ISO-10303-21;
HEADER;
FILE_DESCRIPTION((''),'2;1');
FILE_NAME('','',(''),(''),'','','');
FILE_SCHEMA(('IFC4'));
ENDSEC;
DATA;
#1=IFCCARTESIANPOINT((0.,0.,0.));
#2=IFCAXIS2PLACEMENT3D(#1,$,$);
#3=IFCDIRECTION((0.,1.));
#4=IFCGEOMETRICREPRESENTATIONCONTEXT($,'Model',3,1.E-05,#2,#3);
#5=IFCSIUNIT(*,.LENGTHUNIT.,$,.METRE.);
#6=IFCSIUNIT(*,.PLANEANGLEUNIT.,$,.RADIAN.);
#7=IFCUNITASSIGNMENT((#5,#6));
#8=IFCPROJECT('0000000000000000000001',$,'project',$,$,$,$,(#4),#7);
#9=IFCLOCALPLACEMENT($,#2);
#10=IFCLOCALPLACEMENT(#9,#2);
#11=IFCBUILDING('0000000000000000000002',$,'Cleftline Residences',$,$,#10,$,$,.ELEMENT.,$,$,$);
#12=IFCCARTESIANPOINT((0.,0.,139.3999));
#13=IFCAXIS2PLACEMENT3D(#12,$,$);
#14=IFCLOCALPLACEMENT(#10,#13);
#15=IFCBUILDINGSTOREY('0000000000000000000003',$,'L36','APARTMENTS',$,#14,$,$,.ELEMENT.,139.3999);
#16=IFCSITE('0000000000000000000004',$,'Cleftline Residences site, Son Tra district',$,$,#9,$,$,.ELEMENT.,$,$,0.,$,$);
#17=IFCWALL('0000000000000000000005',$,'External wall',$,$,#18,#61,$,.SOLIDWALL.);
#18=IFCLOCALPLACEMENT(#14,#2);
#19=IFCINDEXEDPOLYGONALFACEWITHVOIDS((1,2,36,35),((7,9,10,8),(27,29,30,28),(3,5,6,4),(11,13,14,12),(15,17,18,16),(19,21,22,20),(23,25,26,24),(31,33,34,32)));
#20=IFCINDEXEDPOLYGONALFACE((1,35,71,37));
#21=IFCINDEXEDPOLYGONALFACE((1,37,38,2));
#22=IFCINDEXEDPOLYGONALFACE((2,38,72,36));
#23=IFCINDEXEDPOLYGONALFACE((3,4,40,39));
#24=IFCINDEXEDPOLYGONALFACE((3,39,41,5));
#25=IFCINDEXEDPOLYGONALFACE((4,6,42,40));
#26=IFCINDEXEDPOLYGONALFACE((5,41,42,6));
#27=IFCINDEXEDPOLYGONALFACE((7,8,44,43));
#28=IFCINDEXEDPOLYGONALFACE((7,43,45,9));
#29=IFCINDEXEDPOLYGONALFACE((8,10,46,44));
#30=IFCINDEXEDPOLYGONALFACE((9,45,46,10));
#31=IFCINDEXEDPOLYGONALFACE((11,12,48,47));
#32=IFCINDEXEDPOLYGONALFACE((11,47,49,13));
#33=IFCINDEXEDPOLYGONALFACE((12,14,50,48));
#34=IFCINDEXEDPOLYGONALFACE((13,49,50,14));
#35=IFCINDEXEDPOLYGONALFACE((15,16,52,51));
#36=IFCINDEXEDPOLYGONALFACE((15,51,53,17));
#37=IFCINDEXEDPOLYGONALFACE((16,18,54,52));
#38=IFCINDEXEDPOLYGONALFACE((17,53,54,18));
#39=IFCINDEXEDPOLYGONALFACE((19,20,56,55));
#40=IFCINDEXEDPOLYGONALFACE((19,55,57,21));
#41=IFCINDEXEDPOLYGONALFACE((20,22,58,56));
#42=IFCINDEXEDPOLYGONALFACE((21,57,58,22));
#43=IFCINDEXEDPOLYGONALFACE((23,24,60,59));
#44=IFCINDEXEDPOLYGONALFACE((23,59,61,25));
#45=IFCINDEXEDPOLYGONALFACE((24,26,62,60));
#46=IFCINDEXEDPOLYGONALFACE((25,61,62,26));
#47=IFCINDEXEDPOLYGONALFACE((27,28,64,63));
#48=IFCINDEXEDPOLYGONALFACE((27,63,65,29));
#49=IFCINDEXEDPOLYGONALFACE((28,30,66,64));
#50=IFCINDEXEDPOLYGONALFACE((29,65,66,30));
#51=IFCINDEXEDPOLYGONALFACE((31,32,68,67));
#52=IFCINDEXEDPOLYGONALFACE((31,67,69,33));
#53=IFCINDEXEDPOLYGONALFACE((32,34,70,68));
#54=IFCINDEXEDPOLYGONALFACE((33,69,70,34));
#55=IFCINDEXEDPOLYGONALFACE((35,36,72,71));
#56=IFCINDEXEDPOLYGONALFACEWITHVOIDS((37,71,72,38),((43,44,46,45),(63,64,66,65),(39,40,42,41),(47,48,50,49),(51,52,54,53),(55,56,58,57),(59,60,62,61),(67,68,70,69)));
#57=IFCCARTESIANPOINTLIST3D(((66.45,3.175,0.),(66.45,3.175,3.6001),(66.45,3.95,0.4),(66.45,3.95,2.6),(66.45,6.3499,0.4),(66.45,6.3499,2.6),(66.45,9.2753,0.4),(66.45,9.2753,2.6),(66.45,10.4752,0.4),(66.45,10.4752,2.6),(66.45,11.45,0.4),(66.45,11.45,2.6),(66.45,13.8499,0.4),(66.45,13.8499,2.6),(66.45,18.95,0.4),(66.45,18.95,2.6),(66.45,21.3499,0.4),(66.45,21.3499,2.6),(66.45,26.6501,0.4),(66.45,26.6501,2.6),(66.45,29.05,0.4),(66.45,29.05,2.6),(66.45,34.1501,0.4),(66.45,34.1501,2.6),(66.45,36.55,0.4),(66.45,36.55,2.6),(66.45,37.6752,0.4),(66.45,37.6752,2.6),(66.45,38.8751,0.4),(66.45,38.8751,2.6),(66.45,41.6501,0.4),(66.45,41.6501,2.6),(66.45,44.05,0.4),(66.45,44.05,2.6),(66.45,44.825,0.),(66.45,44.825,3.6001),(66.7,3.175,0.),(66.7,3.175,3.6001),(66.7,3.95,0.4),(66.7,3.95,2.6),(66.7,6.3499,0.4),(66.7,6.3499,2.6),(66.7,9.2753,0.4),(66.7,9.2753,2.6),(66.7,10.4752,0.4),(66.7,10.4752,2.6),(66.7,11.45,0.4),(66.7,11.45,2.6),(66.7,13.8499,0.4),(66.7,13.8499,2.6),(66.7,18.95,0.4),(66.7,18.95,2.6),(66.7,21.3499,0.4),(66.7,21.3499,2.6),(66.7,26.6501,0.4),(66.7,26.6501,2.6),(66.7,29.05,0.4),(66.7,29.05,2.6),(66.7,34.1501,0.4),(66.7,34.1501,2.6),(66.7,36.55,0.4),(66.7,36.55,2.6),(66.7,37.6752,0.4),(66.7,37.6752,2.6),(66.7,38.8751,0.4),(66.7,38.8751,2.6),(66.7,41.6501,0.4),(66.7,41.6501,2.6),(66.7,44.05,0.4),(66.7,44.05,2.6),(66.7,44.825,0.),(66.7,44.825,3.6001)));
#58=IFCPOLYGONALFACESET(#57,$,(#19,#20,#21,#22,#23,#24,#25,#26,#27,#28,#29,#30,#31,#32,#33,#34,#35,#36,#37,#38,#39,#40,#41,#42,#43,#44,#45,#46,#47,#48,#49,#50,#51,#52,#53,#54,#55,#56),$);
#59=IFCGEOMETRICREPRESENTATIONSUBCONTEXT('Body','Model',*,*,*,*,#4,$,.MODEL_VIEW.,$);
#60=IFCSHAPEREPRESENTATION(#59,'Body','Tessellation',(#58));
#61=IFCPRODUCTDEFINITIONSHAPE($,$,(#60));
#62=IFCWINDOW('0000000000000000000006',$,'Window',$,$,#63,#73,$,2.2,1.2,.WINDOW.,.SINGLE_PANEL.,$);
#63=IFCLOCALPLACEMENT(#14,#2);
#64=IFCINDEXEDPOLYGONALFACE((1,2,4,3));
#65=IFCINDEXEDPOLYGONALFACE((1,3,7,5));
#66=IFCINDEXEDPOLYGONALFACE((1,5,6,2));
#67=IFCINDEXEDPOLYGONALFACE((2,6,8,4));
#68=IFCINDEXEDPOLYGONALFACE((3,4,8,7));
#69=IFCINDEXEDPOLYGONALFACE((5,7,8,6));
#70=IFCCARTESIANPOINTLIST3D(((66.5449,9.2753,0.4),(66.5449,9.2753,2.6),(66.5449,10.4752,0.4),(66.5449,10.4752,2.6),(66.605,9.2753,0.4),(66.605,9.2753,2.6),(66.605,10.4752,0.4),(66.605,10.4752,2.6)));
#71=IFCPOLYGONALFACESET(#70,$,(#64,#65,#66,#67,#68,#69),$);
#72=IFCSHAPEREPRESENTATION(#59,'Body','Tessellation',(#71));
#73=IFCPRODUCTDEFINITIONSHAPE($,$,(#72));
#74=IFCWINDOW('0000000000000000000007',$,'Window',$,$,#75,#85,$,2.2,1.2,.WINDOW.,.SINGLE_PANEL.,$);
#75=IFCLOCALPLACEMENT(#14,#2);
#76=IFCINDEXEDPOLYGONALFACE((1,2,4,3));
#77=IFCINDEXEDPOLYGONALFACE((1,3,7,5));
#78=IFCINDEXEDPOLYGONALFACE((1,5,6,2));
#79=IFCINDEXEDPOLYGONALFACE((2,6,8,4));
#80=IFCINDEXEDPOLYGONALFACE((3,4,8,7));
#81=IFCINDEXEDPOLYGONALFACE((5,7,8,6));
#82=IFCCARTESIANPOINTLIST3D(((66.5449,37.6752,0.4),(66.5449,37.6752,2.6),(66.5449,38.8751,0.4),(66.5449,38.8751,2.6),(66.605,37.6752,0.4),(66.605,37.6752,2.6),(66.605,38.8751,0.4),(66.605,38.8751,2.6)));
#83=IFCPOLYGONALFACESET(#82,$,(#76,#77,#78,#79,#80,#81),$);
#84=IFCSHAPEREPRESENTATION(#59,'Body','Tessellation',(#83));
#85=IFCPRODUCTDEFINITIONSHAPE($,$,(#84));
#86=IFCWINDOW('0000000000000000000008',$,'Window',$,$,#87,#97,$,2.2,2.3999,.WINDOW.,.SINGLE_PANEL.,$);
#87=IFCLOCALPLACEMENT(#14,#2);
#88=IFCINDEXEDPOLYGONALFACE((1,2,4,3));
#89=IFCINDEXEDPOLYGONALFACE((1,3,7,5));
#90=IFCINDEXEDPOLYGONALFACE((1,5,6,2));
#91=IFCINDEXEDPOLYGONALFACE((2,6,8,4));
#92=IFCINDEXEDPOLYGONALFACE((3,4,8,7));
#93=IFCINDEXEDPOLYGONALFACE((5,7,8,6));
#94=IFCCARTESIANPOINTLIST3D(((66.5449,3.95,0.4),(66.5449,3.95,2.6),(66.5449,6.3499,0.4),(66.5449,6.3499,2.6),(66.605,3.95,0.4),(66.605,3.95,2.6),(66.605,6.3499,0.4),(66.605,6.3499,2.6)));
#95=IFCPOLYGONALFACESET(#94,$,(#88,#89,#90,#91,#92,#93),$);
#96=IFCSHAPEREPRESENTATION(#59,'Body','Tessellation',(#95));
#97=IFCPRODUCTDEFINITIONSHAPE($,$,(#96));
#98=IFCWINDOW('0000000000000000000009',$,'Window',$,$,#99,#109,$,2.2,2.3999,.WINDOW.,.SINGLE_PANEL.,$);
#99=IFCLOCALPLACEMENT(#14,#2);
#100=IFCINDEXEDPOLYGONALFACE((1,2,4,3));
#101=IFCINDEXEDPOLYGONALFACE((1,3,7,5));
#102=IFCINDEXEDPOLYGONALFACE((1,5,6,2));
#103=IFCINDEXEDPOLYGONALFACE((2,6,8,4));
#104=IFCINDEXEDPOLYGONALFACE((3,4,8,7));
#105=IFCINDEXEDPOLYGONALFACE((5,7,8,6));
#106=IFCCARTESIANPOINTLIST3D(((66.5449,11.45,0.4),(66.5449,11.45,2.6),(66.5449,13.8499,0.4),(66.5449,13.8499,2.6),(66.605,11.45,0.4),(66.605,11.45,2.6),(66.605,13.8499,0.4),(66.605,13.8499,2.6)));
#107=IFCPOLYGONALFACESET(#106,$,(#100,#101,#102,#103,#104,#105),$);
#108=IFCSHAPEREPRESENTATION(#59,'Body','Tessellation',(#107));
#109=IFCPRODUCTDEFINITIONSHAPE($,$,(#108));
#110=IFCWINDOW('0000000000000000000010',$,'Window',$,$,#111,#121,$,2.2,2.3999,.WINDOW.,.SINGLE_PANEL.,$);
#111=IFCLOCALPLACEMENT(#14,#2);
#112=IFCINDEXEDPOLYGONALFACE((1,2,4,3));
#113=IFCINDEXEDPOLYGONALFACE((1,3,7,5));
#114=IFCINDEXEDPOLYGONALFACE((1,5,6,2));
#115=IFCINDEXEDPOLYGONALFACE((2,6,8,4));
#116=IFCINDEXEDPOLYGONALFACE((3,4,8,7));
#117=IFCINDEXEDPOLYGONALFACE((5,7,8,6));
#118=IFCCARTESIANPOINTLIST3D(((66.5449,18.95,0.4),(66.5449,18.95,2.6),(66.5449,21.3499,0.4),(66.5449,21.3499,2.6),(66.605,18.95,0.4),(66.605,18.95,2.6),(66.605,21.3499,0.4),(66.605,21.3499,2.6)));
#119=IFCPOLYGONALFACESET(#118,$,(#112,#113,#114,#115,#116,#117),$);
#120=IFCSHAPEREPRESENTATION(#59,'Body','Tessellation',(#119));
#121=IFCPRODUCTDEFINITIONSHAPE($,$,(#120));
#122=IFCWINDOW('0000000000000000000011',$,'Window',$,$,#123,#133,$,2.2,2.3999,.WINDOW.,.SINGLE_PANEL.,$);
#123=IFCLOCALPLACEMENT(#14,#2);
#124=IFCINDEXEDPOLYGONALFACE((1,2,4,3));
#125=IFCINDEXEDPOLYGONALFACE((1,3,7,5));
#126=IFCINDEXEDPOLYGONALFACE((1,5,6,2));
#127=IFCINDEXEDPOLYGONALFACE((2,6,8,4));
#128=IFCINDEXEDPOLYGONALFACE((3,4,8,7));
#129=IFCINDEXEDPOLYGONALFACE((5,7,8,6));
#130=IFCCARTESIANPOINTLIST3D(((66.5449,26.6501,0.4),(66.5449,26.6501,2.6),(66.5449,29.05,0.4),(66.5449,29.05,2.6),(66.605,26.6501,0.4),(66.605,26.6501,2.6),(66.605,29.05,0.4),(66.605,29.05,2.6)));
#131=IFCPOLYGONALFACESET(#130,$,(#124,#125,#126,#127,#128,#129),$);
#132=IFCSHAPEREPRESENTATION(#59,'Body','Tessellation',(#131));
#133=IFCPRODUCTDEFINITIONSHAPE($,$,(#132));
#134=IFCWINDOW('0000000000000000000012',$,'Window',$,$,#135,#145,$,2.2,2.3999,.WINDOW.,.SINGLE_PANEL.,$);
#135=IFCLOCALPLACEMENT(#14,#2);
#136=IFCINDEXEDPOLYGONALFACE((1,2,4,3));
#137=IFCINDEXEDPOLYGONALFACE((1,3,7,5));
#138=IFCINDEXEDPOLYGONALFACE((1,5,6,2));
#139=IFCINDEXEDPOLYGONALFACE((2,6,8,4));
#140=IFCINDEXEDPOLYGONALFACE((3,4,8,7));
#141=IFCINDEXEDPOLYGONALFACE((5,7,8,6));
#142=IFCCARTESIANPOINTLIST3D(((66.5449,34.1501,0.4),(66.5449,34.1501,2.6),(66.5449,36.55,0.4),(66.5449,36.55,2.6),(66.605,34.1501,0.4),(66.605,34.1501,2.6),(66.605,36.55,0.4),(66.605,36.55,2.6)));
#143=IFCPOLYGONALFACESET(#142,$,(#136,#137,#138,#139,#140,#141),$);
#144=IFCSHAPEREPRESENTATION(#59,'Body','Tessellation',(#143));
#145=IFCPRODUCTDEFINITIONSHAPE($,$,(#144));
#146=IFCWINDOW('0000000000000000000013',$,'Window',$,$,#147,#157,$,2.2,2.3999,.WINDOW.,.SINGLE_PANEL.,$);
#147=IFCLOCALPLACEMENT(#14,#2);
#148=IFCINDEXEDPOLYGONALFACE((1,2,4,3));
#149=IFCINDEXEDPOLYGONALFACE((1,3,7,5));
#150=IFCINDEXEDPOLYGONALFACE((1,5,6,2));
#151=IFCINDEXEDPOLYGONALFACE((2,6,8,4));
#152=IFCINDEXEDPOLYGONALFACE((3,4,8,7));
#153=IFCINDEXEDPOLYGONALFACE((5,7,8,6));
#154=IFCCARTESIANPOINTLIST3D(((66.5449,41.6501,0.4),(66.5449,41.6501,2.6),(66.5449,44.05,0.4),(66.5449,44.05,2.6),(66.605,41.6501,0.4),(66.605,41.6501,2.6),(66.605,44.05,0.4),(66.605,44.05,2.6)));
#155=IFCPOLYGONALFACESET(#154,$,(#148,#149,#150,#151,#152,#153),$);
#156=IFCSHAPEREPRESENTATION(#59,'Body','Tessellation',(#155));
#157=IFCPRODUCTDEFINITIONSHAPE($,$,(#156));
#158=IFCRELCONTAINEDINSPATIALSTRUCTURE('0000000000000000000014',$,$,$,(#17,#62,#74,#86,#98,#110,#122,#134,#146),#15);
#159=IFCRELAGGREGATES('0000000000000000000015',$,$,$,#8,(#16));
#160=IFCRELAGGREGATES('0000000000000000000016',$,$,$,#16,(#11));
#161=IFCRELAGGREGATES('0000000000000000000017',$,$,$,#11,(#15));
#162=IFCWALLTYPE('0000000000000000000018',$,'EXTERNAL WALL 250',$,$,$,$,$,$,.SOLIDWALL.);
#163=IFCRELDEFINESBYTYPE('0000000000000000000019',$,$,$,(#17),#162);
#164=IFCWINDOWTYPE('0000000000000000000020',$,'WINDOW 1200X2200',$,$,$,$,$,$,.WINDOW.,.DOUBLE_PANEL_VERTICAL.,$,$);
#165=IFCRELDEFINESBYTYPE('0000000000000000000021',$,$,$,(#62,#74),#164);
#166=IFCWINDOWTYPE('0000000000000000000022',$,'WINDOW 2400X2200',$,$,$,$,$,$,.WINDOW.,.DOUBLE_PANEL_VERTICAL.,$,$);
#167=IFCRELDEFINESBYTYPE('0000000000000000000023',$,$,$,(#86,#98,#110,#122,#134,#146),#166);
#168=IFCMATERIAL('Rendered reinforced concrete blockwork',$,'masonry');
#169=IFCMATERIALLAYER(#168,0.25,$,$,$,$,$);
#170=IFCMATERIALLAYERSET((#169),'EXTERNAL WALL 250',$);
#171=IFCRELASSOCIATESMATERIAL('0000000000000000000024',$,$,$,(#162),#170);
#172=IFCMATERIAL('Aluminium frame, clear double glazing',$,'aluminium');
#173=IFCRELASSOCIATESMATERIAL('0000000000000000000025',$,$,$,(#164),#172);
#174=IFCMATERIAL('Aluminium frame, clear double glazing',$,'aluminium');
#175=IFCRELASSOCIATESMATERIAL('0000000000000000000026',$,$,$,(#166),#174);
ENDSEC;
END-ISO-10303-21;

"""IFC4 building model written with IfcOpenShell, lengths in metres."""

from ifc_helpers import new_model, si_unit, direction, frame, frame_2d, origin, place, context, subcontext, project, spatial, rectangle, extrude, material, layer, layer_set, type_object, element, fill, save


model = new_model("IFC4")

# Units and contexts
model_context = context("Model", 3, precision=1e-05, world=origin(), true_north=direction((0.0, 1.0)))
body_context = subcontext(model_context, "Body", "Model", "MODEL_VIEW")
ifc_project = project(units=[si_unit("LENGTHUNIT", "METRE"), si_unit("PLANEANGLEUNIT", "RADIAN")], contexts=[model_context])

# Site, building, storey
site_placement = place(None, origin())
site = spatial("IfcSite", under=ifc_project, at=site_placement, Name="Cleftline Residences site, Son Tra district", CompositionType="ELEMENT", RefElevation=0.0)
building_placement = place(site_placement, origin())
building = spatial("IfcBuilding", under=site, at=building_placement, Name="Cleftline Residences", CompositionType="ELEMENT")
storey_placement = place(building_placement, frame((0.0, 0.0, 139.3999)))
storey = spatial("IfcBuildingStorey", under=building, at=storey_placement, Name="L36", Description="APARTMENTS", CompositionType="ELEMENT", Elevation=139.3999)

# Wall, openings, windows
ifc_material_1 = material(Name="Rendered reinforced concrete blockwork", Category="masonry")
ifc_layer_1 = layer(ifc_material_1, 0.25)
ifc_layer_set_1 = layer_set([ifc_layer_1], Name="EXTERNAL WALL 250")
wall_type = type_object("IfcWallType", Name="EXTERNAL WALL 250", PredefinedType="SOLIDWALL", material=ifc_layer_set_1)
wall_placement = place(storey_placement, frame((66.575, 3.175, 0.0), z_axis=(0.0, 0.0, 1.0), x_axis=(0.0, 1.0, 0.0)))
wall = element("IfcWall", 1, at=wall_placement, inside=storey, type_object=wall_type, Name="External wall", PredefinedType="SOLIDWALL", context=body_context, shape_type="SweptSolid", body=[
    extrude(rectangle(XDim=41.6499, YDim=0.25, at=frame_2d((20.825, 0.0))), origin(), (0.0, 0.0, 1.0), 3.6001),
])
opening_1_placement = place(wall_placement, frame((0.7749, 0.0, 0.3999)))
opening_1 = element("IfcOpeningElement", 2, at=opening_1_placement, cuts=wall, PredefinedType="OPENING", context=body_context, shape_type="SweptSolid", body=[
    extrude(rectangle(XDim=2.3999, YDim=2.2, at=frame_2d((1.2, 1.1001))), frame((0.0, 0.135, 0.0), z_axis=(0.0, -1.0, 0.0), x_axis=(1.0, 0.0, 0.0)), (0.0, 0.0, 1.0), 0.27),
])
opening_2_placement = place(wall_placement, frame((6.1001, 0.0, 0.3999)))
opening_2 = element("IfcOpeningElement", 3, at=opening_2_placement, cuts=wall, PredefinedType="OPENING", context=body_context, shape_type="SweptSolid", body=[
    extrude(rectangle(XDim=1.2, YDim=2.2, at=frame_2d((0.6001, 1.1001))), frame((0.0, 0.135, 0.0), z_axis=(0.0, -1.0, 0.0), x_axis=(1.0, 0.0, 0.0)), (0.0, 0.0, 1.0), 0.27),
])
opening_3_placement = place(wall_placement, frame((8.2749, 0.0, 0.3999)))
opening_3 = element("IfcOpeningElement", 4, at=opening_3_placement, cuts=wall, PredefinedType="OPENING", context=body_context, shape_type="SweptSolid", body=[
    extrude(rectangle(XDim=2.3999, YDim=2.2, at=frame_2d((1.2, 1.1001))), frame((0.0, 0.135, 0.0), z_axis=(0.0, -1.0, 0.0), x_axis=(1.0, 0.0, 0.0)), (0.0, 0.0, 1.0), 0.27),
])
opening_4_placement = place(wall_placement, frame((15.7749, 0.0, 0.3999)))
opening_4 = element("IfcOpeningElement", 5, at=opening_4_placement, cuts=wall, PredefinedType="OPENING", context=body_context, shape_type="SweptSolid", body=[
    extrude(rectangle(XDim=2.3999, YDim=2.2, at=frame_2d((1.2, 1.1001))), frame((0.0, 0.135, 0.0), z_axis=(0.0, -1.0, 0.0), x_axis=(1.0, 0.0, 0.0)), (0.0, 0.0, 1.0), 0.27),
])
opening_5_placement = place(wall_placement, frame((23.4751, 0.0, 0.3999)))
opening_5 = element("IfcOpeningElement", 6, at=opening_5_placement, cuts=wall, PredefinedType="OPENING", context=body_context, shape_type="SweptSolid", body=[
    extrude(rectangle(XDim=2.3999, YDim=2.2, at=frame_2d((1.2, 1.1001))), frame((0.0, 0.135, 0.0), z_axis=(0.0, -1.0, 0.0), x_axis=(1.0, 0.0, 0.0)), (0.0, 0.0, 1.0), 0.27),
])
opening_6_placement = place(wall_placement, frame((30.9751, 0.0, 0.3999)))
opening_6 = element("IfcOpeningElement", 7, at=opening_6_placement, cuts=wall, PredefinedType="OPENING", context=body_context, shape_type="SweptSolid", body=[
    extrude(rectangle(XDim=2.3999, YDim=2.2, at=frame_2d((1.2, 1.1001))), frame((0.0, 0.135, 0.0), z_axis=(0.0, -1.0, 0.0), x_axis=(1.0, 0.0, 0.0)), (0.0, 0.0, 1.0), 0.27),
])
opening_7_placement = place(wall_placement, frame((34.5, 0.0, 0.3999)))
opening_7 = element("IfcOpeningElement", 8, at=opening_7_placement, cuts=wall, PredefinedType="OPENING", context=body_context, shape_type="SweptSolid", body=[
    extrude(rectangle(XDim=1.2, YDim=2.2, at=frame_2d((0.6001, 1.1001))), frame((0.0, 0.135, 0.0), z_axis=(0.0, -1.0, 0.0), x_axis=(1.0, 0.0, 0.0)), (0.0, 0.0, 1.0), 0.27),
])
opening_8_placement = place(wall_placement, frame((38.4751, 0.0, 0.3999)))
opening_8 = element("IfcOpeningElement", 9, at=opening_8_placement, cuts=wall, PredefinedType="OPENING", context=body_context, shape_type="SweptSolid", body=[
    extrude(rectangle(XDim=2.3999, YDim=2.2, at=frame_2d((1.2, 1.1001))), frame((0.0, 0.135, 0.0), z_axis=(0.0, -1.0, 0.0), x_axis=(1.0, 0.0, 0.0)), (0.0, 0.0, 1.0), 0.27),
])
ifc_material_2 = material(Name="Aluminium frame, clear double glazing", Category="aluminium")
window_type_1 = type_object("IfcWindowType", Name="WINDOW 1200X2200", PartitioningType="DOUBLE_PANEL_VERTICAL", PredefinedType="WINDOW", material=ifc_material_2)
window_1_placement = place(opening_2_placement, origin())
window_1 = element("IfcWindow", 10, at=window_1_placement, inside=storey, type_object=window_type_1, Name="Window", OverallHeight=2.2, OverallWidth=1.2, PartitioningType="SINGLE_PANEL", PredefinedType="WINDOW", context=body_context, shape_type="SweptSolid", body=[
    extrude(rectangle(XDim=1.2, YDim=2.2, at=frame_2d((0.6001, 1.1001))), frame((0.0, 0.03, 0.0), z_axis=(0.0, -1.0, 0.0), x_axis=(1.0, 0.0, 0.0)), (0.0, 0.0, 1.0), 0.0601),
])
fill(opening_2, window_1)
window_2_placement = place(opening_7_placement, origin())
window_2 = element("IfcWindow", 11, at=window_2_placement, inside=storey, type_object=window_type_1, Name="Window", OverallHeight=2.2, OverallWidth=1.2, PartitioningType="SINGLE_PANEL", PredefinedType="WINDOW", context=body_context, shape_type="SweptSolid", body=[
    extrude(rectangle(XDim=1.2, YDim=2.2, at=frame_2d((0.6001, 1.1001))), frame((0.0, 0.03, 0.0), z_axis=(0.0, -1.0, 0.0), x_axis=(1.0, 0.0, 0.0)), (0.0, 0.0, 1.0), 0.0601),
])
fill(opening_7, window_2)
ifc_material_3 = material(Name="Aluminium frame, clear double glazing", Category="aluminium")
window_type_2 = type_object("IfcWindowType", Name="WINDOW 2400X2200", PartitioningType="DOUBLE_PANEL_VERTICAL", PredefinedType="WINDOW", material=ifc_material_3)
window_3_placement = place(opening_1_placement, origin())
window_3 = element("IfcWindow", 12, at=window_3_placement, inside=storey, type_object=window_type_2, Name="Window", OverallHeight=2.2, OverallWidth=2.3999, PartitioningType="SINGLE_PANEL", PredefinedType="WINDOW", context=body_context, shape_type="SweptSolid", body=[
    extrude(rectangle(XDim=2.3999, YDim=2.2, at=frame_2d((1.2, 1.1001))), frame((0.0, 0.03, 0.0), z_axis=(0.0, -1.0, 0.0), x_axis=(1.0, 0.0, 0.0)), (0.0, 0.0, 1.0), 0.0601),
])
fill(opening_1, window_3)
window_4_placement = place(opening_3_placement, origin())
window_4 = element("IfcWindow", 13, at=window_4_placement, inside=storey, type_object=window_type_2, Name="Window", OverallHeight=2.2, OverallWidth=2.3999, PartitioningType="SINGLE_PANEL", PredefinedType="WINDOW", context=body_context, shape_type="SweptSolid", body=[
    extrude(rectangle(XDim=2.3999, YDim=2.2, at=frame_2d((1.2, 1.1001))), frame((0.0, 0.03, 0.0), z_axis=(0.0, -1.0, 0.0), x_axis=(1.0, 0.0, 0.0)), (0.0, 0.0, 1.0), 0.0601),
])
fill(opening_3, window_4)
window_5_placement = place(opening_4_placement, origin())
window_5 = element("IfcWindow", 14, at=window_5_placement, inside=storey, type_object=window_type_2, Name="Window", OverallHeight=2.2, OverallWidth=2.3999, PartitioningType="SINGLE_PANEL", PredefinedType="WINDOW", context=body_context, shape_type="SweptSolid", body=[
    extrude(rectangle(XDim=2.3999, YDim=2.2, at=frame_2d((1.2, 1.1001))), frame((0.0, 0.03, 0.0), z_axis=(0.0, -1.0, 0.0), x_axis=(1.0, 0.0, 0.0)), (0.0, 0.0, 1.0), 0.0601),
])
fill(opening_4, window_5)
window_6_placement = place(opening_5_placement, origin())
window_6 = element("IfcWindow", 15, at=window_6_placement, inside=storey, type_object=window_type_2, Name="Window", OverallHeight=2.2, OverallWidth=2.3999, PartitioningType="SINGLE_PANEL", PredefinedType="WINDOW", context=body_context, shape_type="SweptSolid", body=[
    extrude(rectangle(XDim=2.3999, YDim=2.2, at=frame_2d((1.2, 1.1001))), frame((0.0, 0.03, 0.0), z_axis=(0.0, -1.0, 0.0), x_axis=(1.0, 0.0, 0.0)), (0.0, 0.0, 1.0), 0.0601),
])
fill(opening_5, window_6)
window_7_placement = place(opening_6_placement, origin())
window_7 = element("IfcWindow", 16, at=window_7_placement, inside=storey, type_object=window_type_2, Name="Window", OverallHeight=2.2, OverallWidth=2.3999, PartitioningType="SINGLE_PANEL", PredefinedType="WINDOW", context=body_context, shape_type="SweptSolid", body=[
    extrude(rectangle(XDim=2.3999, YDim=2.2, at=frame_2d((1.2, 1.1001))), frame((0.0, 0.03, 0.0), z_axis=(0.0, -1.0, 0.0), x_axis=(1.0, 0.0, 0.0)), (0.0, 0.0, 1.0), 0.0601),
])
fill(opening_6, window_7)
window_8_placement = place(opening_8_placement, origin())
window_8 = element("IfcWindow", 17, at=window_8_placement, inside=storey, type_object=window_type_2, Name="Window", OverallHeight=2.2, OverallWidth=2.3999, PartitioningType="SINGLE_PANEL", PredefinedType="WINDOW", context=body_context, shape_type="SweptSolid", body=[
    extrude(rectangle(XDim=2.3999, YDim=2.2, at=frame_2d((1.2, 1.1001))), frame((0.0, 0.03, 0.0), z_axis=(0.0, -1.0, 0.0), x_axis=(1.0, 0.0, 0.0)), (0.0, 0.0, 1.0), 0.0601),
])
fill(opening_8, window_8)

save(model, "model.ifc")
